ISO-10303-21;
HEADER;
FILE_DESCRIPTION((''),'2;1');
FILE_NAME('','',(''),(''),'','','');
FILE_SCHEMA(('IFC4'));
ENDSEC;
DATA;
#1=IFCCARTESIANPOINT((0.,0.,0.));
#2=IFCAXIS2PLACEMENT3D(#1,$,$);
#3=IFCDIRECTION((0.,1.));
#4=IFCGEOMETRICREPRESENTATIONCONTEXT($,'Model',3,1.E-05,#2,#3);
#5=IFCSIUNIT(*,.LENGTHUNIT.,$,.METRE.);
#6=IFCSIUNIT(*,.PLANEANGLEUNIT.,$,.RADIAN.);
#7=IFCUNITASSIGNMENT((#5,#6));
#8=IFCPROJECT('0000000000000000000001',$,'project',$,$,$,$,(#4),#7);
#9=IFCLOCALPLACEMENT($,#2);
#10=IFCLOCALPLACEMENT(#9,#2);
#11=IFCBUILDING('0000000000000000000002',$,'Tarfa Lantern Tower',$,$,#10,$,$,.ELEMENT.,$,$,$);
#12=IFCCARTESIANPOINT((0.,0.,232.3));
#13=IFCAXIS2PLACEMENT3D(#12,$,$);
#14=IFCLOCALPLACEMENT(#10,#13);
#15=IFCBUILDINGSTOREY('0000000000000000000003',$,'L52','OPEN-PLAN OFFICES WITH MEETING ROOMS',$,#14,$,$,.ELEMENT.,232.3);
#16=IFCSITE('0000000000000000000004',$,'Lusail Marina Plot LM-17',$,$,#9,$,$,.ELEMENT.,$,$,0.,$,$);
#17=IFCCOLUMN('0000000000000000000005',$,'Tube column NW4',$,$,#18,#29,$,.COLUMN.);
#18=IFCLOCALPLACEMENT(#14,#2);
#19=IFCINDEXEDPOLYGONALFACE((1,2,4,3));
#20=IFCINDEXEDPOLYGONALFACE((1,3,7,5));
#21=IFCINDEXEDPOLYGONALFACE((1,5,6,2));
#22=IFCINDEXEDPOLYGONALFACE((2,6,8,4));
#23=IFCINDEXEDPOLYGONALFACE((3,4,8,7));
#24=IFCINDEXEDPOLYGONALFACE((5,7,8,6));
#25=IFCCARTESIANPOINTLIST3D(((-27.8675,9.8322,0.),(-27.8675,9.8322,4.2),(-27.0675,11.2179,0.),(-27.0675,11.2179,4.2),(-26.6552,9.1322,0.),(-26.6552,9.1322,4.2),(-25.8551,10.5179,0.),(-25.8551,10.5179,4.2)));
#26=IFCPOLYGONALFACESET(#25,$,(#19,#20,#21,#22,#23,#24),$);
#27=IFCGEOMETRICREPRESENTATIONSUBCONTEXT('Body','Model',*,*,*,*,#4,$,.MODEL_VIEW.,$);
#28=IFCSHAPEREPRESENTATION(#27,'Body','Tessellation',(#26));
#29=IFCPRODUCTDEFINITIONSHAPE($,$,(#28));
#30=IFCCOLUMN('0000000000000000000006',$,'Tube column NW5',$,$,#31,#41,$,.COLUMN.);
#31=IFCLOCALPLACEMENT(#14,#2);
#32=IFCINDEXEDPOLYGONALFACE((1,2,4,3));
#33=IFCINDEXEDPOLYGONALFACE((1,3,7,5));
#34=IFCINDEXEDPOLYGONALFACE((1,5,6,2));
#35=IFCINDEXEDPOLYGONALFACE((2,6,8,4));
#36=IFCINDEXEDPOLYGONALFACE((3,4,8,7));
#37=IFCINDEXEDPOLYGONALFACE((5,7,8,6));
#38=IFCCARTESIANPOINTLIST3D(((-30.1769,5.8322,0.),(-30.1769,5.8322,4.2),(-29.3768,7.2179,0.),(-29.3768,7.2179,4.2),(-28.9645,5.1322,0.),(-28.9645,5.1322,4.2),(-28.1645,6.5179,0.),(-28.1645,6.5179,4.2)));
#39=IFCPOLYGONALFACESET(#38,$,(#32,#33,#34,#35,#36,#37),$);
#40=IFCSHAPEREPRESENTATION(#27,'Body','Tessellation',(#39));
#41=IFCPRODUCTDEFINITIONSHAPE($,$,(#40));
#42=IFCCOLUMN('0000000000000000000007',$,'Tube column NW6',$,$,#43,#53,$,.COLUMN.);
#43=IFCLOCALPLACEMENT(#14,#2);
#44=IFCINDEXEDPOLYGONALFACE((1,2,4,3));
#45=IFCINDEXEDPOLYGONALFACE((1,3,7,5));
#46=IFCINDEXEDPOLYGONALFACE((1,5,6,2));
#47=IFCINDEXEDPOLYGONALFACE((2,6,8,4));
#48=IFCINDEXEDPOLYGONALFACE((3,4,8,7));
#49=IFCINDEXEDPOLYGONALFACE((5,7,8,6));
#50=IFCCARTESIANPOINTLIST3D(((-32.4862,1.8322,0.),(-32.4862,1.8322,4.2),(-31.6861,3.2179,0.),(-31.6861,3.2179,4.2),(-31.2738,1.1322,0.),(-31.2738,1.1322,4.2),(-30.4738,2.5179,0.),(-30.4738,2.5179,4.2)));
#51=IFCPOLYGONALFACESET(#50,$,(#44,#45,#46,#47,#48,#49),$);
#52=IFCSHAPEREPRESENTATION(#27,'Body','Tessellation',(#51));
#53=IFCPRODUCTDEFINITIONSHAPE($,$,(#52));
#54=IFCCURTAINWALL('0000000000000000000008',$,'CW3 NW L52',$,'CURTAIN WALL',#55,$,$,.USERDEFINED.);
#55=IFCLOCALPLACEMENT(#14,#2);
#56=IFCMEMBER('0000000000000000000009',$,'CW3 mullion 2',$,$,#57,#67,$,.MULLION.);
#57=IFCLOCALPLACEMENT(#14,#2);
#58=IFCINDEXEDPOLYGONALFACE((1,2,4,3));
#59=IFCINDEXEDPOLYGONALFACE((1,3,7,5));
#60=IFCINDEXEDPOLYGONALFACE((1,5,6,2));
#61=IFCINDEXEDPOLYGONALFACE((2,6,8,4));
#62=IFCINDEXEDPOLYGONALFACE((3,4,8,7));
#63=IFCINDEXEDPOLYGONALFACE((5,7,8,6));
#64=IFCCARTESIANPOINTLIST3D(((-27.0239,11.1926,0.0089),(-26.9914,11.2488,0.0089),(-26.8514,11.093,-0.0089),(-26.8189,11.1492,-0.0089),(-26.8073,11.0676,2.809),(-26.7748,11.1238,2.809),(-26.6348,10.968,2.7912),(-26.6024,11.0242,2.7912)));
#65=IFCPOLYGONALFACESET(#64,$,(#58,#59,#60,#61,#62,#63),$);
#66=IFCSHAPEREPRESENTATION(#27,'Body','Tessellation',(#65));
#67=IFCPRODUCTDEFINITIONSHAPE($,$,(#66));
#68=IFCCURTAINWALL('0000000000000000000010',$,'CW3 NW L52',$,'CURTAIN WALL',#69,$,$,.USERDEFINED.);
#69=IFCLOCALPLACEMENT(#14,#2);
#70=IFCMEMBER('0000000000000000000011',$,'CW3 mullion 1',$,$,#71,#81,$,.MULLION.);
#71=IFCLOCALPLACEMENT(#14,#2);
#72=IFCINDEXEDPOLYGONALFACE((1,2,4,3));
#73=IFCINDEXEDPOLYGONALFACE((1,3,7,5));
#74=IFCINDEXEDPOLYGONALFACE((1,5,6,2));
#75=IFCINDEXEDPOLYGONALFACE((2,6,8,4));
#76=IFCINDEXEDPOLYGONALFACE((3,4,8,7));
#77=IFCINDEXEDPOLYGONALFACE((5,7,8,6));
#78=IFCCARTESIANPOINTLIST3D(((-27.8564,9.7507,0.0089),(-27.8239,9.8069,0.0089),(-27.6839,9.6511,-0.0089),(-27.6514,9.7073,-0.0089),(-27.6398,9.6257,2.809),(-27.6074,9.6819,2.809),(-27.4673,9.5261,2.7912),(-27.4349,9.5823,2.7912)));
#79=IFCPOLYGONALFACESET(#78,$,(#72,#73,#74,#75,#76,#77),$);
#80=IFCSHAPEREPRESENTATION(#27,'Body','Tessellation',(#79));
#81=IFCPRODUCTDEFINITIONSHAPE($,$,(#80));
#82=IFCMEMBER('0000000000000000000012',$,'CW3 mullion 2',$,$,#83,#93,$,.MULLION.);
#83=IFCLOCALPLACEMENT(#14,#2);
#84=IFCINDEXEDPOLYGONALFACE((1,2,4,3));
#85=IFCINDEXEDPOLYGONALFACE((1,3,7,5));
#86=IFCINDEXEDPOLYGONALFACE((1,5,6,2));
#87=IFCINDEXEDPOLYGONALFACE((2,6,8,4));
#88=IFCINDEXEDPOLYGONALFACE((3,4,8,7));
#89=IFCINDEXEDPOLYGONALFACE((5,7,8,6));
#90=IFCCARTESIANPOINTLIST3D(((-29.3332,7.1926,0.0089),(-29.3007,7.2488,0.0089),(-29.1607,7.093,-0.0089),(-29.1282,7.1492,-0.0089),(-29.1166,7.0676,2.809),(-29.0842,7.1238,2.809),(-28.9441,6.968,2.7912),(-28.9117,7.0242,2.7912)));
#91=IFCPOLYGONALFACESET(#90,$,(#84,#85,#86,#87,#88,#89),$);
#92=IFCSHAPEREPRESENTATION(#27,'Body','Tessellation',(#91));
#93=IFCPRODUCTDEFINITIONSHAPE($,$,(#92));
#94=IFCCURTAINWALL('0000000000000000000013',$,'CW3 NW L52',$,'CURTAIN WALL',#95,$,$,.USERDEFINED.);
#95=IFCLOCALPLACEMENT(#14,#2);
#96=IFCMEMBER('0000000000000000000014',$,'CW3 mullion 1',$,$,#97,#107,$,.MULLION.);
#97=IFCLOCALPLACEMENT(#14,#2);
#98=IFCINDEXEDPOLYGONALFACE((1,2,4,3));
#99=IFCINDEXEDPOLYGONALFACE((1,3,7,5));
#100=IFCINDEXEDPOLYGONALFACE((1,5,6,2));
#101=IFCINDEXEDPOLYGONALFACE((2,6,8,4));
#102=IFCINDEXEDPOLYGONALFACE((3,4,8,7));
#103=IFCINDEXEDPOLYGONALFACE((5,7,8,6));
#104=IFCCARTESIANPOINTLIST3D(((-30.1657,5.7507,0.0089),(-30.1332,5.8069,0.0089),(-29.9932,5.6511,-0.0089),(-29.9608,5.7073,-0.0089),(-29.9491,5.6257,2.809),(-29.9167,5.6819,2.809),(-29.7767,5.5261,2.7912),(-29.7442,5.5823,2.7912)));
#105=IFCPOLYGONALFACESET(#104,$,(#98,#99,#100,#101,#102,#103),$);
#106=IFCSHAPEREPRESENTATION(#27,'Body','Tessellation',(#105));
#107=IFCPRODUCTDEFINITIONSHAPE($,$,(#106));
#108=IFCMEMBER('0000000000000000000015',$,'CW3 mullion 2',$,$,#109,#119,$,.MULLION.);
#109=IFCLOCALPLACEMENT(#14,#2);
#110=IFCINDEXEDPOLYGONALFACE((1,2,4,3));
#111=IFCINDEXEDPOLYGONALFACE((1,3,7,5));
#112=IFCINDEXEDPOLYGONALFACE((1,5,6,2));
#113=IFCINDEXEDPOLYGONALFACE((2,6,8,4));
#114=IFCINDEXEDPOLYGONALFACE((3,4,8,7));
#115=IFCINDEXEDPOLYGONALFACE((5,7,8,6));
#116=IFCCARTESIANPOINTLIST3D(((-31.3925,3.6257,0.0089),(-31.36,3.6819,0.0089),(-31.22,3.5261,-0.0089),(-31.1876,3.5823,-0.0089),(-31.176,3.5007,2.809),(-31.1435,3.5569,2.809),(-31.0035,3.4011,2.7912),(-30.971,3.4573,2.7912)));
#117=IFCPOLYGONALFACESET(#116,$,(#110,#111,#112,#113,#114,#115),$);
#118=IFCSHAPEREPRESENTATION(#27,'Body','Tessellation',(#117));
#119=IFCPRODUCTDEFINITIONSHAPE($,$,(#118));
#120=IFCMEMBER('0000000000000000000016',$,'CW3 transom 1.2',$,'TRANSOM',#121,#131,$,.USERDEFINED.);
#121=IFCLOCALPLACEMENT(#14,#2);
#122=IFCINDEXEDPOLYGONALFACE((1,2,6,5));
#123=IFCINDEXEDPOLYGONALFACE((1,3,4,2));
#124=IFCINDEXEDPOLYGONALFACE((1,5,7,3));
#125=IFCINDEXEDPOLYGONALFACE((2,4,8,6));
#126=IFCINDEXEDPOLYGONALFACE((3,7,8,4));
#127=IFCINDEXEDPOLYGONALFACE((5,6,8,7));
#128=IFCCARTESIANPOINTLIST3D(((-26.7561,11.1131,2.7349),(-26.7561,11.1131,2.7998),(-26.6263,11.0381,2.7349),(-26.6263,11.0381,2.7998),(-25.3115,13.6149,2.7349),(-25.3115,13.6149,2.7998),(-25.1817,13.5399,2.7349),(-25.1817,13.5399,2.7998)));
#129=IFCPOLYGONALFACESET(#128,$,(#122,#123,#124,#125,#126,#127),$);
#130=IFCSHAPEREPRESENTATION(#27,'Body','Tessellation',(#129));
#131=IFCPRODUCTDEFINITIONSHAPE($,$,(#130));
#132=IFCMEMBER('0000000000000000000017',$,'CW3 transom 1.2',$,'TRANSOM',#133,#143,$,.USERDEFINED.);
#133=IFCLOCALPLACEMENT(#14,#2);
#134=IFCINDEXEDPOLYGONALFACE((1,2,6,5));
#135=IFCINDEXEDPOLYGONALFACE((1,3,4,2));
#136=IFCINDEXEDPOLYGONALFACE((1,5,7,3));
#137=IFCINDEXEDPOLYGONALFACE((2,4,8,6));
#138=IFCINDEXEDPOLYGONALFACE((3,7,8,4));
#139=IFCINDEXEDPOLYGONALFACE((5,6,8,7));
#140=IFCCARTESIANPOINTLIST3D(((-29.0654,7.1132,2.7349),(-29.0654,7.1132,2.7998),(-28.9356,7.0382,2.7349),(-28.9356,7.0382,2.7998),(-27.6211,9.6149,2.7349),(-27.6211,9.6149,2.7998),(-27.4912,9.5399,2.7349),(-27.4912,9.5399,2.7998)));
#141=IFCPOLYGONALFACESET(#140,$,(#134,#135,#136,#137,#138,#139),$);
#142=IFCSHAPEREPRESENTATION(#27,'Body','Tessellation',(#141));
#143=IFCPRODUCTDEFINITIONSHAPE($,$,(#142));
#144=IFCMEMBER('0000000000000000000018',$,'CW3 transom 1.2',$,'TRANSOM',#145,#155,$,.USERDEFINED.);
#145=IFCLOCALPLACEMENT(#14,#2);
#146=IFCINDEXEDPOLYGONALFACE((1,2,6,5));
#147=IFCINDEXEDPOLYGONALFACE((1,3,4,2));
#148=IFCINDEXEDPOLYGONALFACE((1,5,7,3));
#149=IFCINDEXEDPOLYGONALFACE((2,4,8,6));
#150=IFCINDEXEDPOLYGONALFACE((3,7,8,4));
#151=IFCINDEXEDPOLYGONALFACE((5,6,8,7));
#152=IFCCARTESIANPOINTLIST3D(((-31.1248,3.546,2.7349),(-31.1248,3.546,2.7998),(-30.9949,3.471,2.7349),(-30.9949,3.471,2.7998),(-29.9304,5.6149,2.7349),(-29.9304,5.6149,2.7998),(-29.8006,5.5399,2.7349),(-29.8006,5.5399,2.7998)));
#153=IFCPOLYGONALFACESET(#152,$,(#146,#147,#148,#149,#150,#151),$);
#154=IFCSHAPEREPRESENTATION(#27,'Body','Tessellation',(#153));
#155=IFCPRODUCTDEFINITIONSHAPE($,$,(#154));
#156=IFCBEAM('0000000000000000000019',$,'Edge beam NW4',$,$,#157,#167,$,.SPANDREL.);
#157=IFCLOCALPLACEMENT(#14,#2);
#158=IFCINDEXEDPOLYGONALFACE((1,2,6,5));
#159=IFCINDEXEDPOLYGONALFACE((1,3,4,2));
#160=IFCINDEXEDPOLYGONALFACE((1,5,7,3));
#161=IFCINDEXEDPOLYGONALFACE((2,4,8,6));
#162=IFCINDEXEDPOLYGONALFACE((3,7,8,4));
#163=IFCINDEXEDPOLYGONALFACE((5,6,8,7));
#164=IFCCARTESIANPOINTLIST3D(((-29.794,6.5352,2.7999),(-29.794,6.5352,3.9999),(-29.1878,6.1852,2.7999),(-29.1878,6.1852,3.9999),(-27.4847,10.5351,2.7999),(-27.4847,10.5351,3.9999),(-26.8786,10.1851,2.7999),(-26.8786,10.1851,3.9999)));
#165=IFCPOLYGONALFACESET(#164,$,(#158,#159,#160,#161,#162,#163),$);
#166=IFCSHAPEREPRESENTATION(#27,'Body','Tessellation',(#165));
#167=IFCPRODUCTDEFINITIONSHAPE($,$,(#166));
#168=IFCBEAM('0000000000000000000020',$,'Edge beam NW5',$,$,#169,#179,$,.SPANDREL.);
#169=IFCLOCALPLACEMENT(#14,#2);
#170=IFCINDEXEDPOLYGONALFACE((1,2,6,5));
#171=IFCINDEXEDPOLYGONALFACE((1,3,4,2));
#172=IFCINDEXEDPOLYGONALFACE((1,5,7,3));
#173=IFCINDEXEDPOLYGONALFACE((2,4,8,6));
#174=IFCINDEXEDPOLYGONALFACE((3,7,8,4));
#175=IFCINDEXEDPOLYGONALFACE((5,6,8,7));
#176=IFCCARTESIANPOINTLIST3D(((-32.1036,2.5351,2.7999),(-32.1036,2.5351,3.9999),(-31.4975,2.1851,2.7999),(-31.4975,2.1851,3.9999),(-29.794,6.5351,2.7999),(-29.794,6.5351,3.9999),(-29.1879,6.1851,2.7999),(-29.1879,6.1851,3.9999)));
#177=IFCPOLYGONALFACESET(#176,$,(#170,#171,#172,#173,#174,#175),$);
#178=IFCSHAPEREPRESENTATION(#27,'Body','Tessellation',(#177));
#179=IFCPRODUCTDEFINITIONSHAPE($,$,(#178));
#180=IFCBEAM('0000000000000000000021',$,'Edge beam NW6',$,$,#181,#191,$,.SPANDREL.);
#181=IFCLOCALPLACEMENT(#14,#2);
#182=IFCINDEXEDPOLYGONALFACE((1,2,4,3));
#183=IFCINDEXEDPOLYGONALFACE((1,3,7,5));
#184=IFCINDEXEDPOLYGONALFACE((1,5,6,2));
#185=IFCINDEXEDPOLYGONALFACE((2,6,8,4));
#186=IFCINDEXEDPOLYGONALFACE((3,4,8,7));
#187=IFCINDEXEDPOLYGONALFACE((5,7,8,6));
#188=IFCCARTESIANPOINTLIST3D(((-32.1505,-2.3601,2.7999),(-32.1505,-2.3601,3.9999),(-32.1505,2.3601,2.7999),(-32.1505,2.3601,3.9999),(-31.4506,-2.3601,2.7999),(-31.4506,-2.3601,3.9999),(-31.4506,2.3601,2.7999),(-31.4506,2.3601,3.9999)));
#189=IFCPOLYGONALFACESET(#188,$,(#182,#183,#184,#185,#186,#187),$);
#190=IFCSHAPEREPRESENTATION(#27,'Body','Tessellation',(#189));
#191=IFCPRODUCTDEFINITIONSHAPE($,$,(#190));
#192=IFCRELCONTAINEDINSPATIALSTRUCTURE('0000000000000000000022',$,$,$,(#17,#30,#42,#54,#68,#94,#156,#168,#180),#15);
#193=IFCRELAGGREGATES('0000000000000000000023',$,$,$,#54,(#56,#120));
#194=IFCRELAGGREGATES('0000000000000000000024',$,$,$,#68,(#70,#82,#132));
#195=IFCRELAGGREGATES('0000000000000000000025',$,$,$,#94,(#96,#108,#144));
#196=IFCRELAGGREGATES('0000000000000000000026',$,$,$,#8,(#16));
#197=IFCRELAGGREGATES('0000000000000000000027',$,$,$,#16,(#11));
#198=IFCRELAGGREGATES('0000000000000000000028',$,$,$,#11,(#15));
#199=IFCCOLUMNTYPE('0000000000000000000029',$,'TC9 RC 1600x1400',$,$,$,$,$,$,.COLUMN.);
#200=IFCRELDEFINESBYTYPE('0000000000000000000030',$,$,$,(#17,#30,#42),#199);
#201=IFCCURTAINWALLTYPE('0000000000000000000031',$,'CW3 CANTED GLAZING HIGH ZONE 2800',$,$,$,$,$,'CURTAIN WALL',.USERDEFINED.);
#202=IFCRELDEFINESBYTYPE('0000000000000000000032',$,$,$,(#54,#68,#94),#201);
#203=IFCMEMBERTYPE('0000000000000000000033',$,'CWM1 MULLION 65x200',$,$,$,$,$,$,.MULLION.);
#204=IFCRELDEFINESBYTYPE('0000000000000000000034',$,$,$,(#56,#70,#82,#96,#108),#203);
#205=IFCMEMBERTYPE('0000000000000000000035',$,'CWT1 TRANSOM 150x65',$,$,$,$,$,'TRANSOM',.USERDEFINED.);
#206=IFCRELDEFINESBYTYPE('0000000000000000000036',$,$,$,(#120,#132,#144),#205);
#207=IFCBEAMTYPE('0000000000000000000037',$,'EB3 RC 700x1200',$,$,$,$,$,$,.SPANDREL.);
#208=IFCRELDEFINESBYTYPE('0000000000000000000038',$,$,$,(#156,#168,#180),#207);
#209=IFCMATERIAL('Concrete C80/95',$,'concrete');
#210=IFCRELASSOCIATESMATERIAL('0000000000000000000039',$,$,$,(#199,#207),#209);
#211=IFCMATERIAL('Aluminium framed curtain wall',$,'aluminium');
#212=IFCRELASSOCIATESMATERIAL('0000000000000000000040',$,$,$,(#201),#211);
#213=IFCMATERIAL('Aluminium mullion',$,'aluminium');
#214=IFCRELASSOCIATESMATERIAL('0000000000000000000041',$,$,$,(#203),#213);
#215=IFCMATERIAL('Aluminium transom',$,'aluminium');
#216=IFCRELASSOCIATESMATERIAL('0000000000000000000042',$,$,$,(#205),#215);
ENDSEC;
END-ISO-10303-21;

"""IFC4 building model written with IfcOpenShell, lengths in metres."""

from ifc_helpers import new_model, si_unit, direction, frame, origin, origin_2d, place, context, subcontext, project, spatial, rectangle, extrude, material, material_profile, profile_set, type_object, element, aggregate, save


model = new_model("IFC4")

# Units and contexts
model_context = context("Model", 3, precision=1e-05, world=origin(), true_north=direction((0.0, 1.0)))
body_context = subcontext(model_context, "Body", "Model", "MODEL_VIEW")
ifc_project = project(units=[si_unit("LENGTHUNIT", "METRE"), si_unit("PLANEANGLEUNIT", "RADIAN")], contexts=[model_context])

# Site, building, storey
site_placement = place(None, origin())
site = spatial("IfcSite", under=ifc_project, at=site_placement, Name="Lusail Marina Plot LM-17", CompositionType="ELEMENT", RefElevation=0.0)
building_placement = place(site_placement, origin())
building = spatial("IfcBuilding", under=site, at=building_placement, Name="Tarfa Lantern Tower", CompositionType="ELEMENT")
storey_placement = place(building_placement, frame((0.0, 0.0, 232.3)))
storey = spatial("IfcBuildingStorey", under=building, at=storey_placement, Name="L52", Description="OPEN-PLAN OFFICES WITH MEETING ROOMS", CompositionType="ELEMENT", Elevation=232.3)

# Columns
ifc_material_1 = material(Name="Concrete C80/95", Category="concrete")
ifc_material_profile_1 = material_profile(ifc_material_1, rectangle(XDim=1.6001, YDim=1.3999, at=origin_2d()), Name="RC 1600x1400")
ifc_profile_set_1 = profile_set([ifc_material_profile_1], Name="Concrete C80/95")
column_type = type_object("IfcColumnType", Name="TC9 RC 1600x1400", PredefinedType="COLUMN", material=ifc_profile_set_1)
for number, where, z_axis, x_axis, name in (
    (1, (-26.8613, 10.175, 0.0), (0.0, 0.0, 1.0), (-0.5, -0.866025, 0.0), "Tube column NW4"),
    (2, (-29.1707, 6.175, 0.0), (0.0, 0.0, 1.0), (-0.5, -0.866025, 0.0), "Tube column NW5"),
    (3, (-31.48, 2.175, 0.0), (0.0, 0.0, 1.0), (-0.5, -0.866025, 0.0), "Tube column NW6"),
):
    element("IfcColumn", number, at=place(storey_placement, frame(where, z_axis=z_axis, x_axis=x_axis)), inside=storey, type_object=column_type, Name=name, PredefinedType="COLUMN", context=body_context, shape_type="SweptSolid", body=[
        extrude(rectangle(XDim=1.6001, YDim=1.3999, at=origin_2d()), origin(), (0.0, 0.0, 1.0), 4.2),
    ])

# Curtain wall, member
ifc_material_2 = material(Name="Aluminium framed curtain wall", Category="aluminium")
curtain_wall_type = type_object("IfcCurtainWallType", Name="CW3 CANTED GLAZING HIGH ZONE 2800", ElementType="CURTAIN WALL", PredefinedType="USERDEFINED", material=ifc_material_2)
curtain_wall_1_placement = place(storey_placement, origin())
curtain_wall_1 = element("IfcCurtainWall", 4, at=curtain_wall_1_placement, inside=storey, type_object=curtain_wall_type, Name="CW3 NW L52", ObjectType="CURTAIN WALL", PredefinedType="USERDEFINED")
ifc_material_3 = material(Name="Aluminium mullion", Category="aluminium")
ifc_material_profile_2 = material_profile(ifc_material_3, rectangle(XDim=0.0649, YDim=0.2, at=origin_2d()), Name="AL MULLION 65x200")
ifc_profile_set_2 = profile_set([ifc_material_profile_2], Name="Aluminium mullion")
member_type_1 = type_object("IfcMemberType", Name="CWM1 MULLION 65x200", PredefinedType="MULLION", material=ifc_profile_set_2)
member_1_placement = place(storey_placement, frame((-26.9214, 11.1709, 0.0), z_axis=(0.077032, -0.044465, 0.996037), x_axis=(0.49992, 0.866072, 0.0)))
member_1 = element("IfcMember", 5, at=member_1_placement, type_object=member_type_1, Name="CW3 mullion 2", PredefinedType="MULLION", context=body_context, shape_type="SweptSolid", body=[
    extrude(rectangle(XDim=0.0649, YDim=0.2, at=origin_2d()), origin(), (0.0, 0.0, 1.0), 2.8113),
])

# Curtain walls, members
curtain_wall_2_placement = place(storey_placement, origin())
curtain_wall_2 = element("IfcCurtainWall", 6, at=curtain_wall_2_placement, inside=storey, type_object=curtain_wall_type, Name="CW3 NW L52", ObjectType="CURTAIN WALL", PredefinedType="USERDEFINED")
member_2_placement = place(storey_placement, frame((-27.7539, 9.729, 0.0), z_axis=(0.077032, -0.044465, 0.996037), x_axis=(0.49992, 0.866072, 0.0)))
member_2 = element("IfcMember", 7, at=member_2_placement, type_object=member_type_1, Name="CW3 mullion 1", PredefinedType="MULLION", context=body_context, shape_type="SweptSolid", body=[
    extrude(rectangle(XDim=0.0649, YDim=0.2, at=origin_2d()), origin(), (0.0, 0.0, 1.0), 2.8113),
])
member_3_placement = place(storey_placement, frame((-29.2307, 7.1709, 0.0), z_axis=(0.077032, -0.044465, 0.996037), x_axis=(0.49992, 0.866072, 0.0)))
member_3 = element("IfcMember", 8, at=member_3_placement, type_object=member_type_1, Name="CW3 mullion 2", PredefinedType="MULLION", context=body_context, shape_type="SweptSolid", body=[
    extrude(rectangle(XDim=0.0649, YDim=0.2, at=origin_2d()), origin(), (0.0, 0.0, 1.0), 2.8113),
])
curtain_wall_3_placement = place(storey_placement, origin())
curtain_wall_3 = element("IfcCurtainWall", 9, at=curtain_wall_3_placement, inside=storey, type_object=curtain_wall_type, Name="CW3 NW L52", ObjectType="CURTAIN WALL", PredefinedType="USERDEFINED")
member_4_placement = place(storey_placement, frame((-30.0632, 5.729, 0.0), z_axis=(0.077032, -0.044465, 0.996037), x_axis=(0.49992, 0.866072, 0.0)))
member_4 = element("IfcMember", 10, at=member_4_placement, type_object=member_type_1, Name="CW3 mullion 1", PredefinedType="MULLION", context=body_context, shape_type="SweptSolid", body=[
    extrude(rectangle(XDim=0.0649, YDim=0.2, at=origin_2d()), origin(), (0.0, 0.0, 1.0), 2.8113),
])
member_5_placement = place(storey_placement, frame((-31.29, 3.604, 0.0), z_axis=(0.077032, -0.044465, 0.996037), x_axis=(0.49992, 0.866072, 0.0)))
member_5 = element("IfcMember", 11, at=member_5_placement, type_object=member_type_1, Name="CW3 mullion 2", PredefinedType="MULLION", context=body_context, shape_type="SweptSolid", body=[
    extrude(rectangle(XDim=0.0649, YDim=0.2, at=origin_2d()), origin(), (0.0, 0.0, 1.0), 2.8113),
])

# Members
ifc_material_4 = material(Name="Aluminium transom", Category="aluminium")
ifc_material_profile_3 = material_profile(ifc_material_4, rectangle(XDim=0.1499, YDim=0.0649, at=origin_2d()), Name="AL TRANSOM 150x65")
ifc_profile_set_3 = profile_set([ifc_material_profile_3], Name="Aluminium transom")
member_type_2 = type_object("IfcMemberType", Name="CWT1 TRANSOM 150x65", ElementType="TRANSOM", PredefinedType="USERDEFINED", material=ifc_profile_set_3)
member_6_placement = place(storey_placement, frame((-25.2466, 13.5774, 2.7673), z_axis=(-0.500057, -0.865993, 0.0), x_axis=(0.865993, -0.500057, 0.0)))
member_6 = element("IfcMember", 12, at=member_6_placement, type_object=member_type_2, Name="CW3 transom 1.2", ObjectType="TRANSOM", PredefinedType="USERDEFINED", context=body_context, shape_type="SweptSolid", body=[
    extrude(rectangle(XDim=0.1499, YDim=0.0649, at=origin_2d()), origin(), (0.0, 0.0, 1.0), 2.8889),
])
aggregate(curtain_wall_1, [member_1, member_6])
member_7_placement = place(storey_placement, frame((-27.5562, 9.5774, 2.7673), z_axis=(-0.499993, -0.866029, 0.0), x_axis=(0.866029, -0.499993, 0.0)))
member_7 = element("IfcMember", 13, at=member_7_placement, type_object=member_type_2, Name="CW3 transom 1.2", ObjectType="TRANSOM", PredefinedType="USERDEFINED", context=body_context, shape_type="SweptSolid", body=[
    extrude(rectangle(XDim=0.1499, YDim=0.0649, at=origin_2d()), origin(), (0.0, 0.0, 1.0), 2.8887),
])
member_8_placement = place(storey_placement, frame((-29.8655, 5.5774, 2.7673), z_axis=(-0.499964, -0.866046, 0.0), x_axis=(0.866046, -0.499964, 0.0)))
member_8 = element("IfcMember", 14, at=member_8_placement, type_object=member_type_2, Name="CW3 transom 1.2", ObjectType="TRANSOM", PredefinedType="USERDEFINED", context=body_context, shape_type="SweptSolid", body=[
    extrude(rectangle(XDim=0.1499, YDim=0.0649, at=origin_2d()), origin(), (0.0, 0.0, 1.0), 2.3889),
])

# Beams
ifc_material_profile_4 = material_profile(ifc_material_1, rectangle(XDim=0.7, YDim=1.2, at=origin_2d()), Name="RC 700x1200")
ifc_profile_set_4 = profile_set([ifc_material_profile_4], Name="Concrete C80/95")
beam_type_1 = type_object("IfcBeamType", Name="EB3 RC 700x1200", PredefinedType="SPANDREL", material=ifc_profile_set_4)
beam_1_placement = place(storey_placement, frame((-27.1816, 10.3601, 3.3999), z_axis=(-0.499988, -0.866032, 0.0), x_axis=(0.866032, -0.499988, 0.0)))
element("IfcBeam", 15, at=beam_1_placement, inside=storey, type_object=beam_type_1, Name="Edge beam NW4", PredefinedType="SPANDREL", context=body_context, shape_type="SweptSolid", body=[
    extrude(rectangle(XDim=0.7, YDim=1.2, at=origin_2d()), origin(), (0.0, 0.0, 1.0), 4.6187),
])
beam_2_placement = place(storey_placement, frame((-29.491, 6.3601, 3.3999), z_axis=(-0.500027, -0.86601, 0.0), x_axis=(0.86601, -0.500027, 0.0)))
element("IfcBeam", 16, at=beam_2_placement, inside=storey, type_object=beam_type_1, Name="Edge beam NW5", PredefinedType="SPANDREL", context=body_context, shape_type="SweptSolid", body=[
    extrude(rectangle(XDim=0.7, YDim=1.2, at=origin_2d()), origin(), (0.0, 0.0, 1.0), 4.6189),
])
beam_3_placement = place(storey_placement, frame((-31.8005, 2.3601, 3.3999), z_axis=(0.0, -1.0, 0.0), x_axis=(1.0, 0.0, 0.0)))
element("IfcBeam", 17, at=beam_3_placement, inside=storey, type_object=beam_type_1, Name="Edge beam NW6", PredefinedType="SPANDREL", context=body_context, shape_type="SweptSolid", body=[
    extrude(rectangle(XDim=0.7, YDim=1.2, at=origin_2d()), origin(), (0.0, 0.0, 1.0), 4.7202),
])

aggregate(curtain_wall_2, [member_2, member_3, member_7])
aggregate(curtain_wall_3, [member_4, member_5, member_8])

save(model, "model.ifc")
